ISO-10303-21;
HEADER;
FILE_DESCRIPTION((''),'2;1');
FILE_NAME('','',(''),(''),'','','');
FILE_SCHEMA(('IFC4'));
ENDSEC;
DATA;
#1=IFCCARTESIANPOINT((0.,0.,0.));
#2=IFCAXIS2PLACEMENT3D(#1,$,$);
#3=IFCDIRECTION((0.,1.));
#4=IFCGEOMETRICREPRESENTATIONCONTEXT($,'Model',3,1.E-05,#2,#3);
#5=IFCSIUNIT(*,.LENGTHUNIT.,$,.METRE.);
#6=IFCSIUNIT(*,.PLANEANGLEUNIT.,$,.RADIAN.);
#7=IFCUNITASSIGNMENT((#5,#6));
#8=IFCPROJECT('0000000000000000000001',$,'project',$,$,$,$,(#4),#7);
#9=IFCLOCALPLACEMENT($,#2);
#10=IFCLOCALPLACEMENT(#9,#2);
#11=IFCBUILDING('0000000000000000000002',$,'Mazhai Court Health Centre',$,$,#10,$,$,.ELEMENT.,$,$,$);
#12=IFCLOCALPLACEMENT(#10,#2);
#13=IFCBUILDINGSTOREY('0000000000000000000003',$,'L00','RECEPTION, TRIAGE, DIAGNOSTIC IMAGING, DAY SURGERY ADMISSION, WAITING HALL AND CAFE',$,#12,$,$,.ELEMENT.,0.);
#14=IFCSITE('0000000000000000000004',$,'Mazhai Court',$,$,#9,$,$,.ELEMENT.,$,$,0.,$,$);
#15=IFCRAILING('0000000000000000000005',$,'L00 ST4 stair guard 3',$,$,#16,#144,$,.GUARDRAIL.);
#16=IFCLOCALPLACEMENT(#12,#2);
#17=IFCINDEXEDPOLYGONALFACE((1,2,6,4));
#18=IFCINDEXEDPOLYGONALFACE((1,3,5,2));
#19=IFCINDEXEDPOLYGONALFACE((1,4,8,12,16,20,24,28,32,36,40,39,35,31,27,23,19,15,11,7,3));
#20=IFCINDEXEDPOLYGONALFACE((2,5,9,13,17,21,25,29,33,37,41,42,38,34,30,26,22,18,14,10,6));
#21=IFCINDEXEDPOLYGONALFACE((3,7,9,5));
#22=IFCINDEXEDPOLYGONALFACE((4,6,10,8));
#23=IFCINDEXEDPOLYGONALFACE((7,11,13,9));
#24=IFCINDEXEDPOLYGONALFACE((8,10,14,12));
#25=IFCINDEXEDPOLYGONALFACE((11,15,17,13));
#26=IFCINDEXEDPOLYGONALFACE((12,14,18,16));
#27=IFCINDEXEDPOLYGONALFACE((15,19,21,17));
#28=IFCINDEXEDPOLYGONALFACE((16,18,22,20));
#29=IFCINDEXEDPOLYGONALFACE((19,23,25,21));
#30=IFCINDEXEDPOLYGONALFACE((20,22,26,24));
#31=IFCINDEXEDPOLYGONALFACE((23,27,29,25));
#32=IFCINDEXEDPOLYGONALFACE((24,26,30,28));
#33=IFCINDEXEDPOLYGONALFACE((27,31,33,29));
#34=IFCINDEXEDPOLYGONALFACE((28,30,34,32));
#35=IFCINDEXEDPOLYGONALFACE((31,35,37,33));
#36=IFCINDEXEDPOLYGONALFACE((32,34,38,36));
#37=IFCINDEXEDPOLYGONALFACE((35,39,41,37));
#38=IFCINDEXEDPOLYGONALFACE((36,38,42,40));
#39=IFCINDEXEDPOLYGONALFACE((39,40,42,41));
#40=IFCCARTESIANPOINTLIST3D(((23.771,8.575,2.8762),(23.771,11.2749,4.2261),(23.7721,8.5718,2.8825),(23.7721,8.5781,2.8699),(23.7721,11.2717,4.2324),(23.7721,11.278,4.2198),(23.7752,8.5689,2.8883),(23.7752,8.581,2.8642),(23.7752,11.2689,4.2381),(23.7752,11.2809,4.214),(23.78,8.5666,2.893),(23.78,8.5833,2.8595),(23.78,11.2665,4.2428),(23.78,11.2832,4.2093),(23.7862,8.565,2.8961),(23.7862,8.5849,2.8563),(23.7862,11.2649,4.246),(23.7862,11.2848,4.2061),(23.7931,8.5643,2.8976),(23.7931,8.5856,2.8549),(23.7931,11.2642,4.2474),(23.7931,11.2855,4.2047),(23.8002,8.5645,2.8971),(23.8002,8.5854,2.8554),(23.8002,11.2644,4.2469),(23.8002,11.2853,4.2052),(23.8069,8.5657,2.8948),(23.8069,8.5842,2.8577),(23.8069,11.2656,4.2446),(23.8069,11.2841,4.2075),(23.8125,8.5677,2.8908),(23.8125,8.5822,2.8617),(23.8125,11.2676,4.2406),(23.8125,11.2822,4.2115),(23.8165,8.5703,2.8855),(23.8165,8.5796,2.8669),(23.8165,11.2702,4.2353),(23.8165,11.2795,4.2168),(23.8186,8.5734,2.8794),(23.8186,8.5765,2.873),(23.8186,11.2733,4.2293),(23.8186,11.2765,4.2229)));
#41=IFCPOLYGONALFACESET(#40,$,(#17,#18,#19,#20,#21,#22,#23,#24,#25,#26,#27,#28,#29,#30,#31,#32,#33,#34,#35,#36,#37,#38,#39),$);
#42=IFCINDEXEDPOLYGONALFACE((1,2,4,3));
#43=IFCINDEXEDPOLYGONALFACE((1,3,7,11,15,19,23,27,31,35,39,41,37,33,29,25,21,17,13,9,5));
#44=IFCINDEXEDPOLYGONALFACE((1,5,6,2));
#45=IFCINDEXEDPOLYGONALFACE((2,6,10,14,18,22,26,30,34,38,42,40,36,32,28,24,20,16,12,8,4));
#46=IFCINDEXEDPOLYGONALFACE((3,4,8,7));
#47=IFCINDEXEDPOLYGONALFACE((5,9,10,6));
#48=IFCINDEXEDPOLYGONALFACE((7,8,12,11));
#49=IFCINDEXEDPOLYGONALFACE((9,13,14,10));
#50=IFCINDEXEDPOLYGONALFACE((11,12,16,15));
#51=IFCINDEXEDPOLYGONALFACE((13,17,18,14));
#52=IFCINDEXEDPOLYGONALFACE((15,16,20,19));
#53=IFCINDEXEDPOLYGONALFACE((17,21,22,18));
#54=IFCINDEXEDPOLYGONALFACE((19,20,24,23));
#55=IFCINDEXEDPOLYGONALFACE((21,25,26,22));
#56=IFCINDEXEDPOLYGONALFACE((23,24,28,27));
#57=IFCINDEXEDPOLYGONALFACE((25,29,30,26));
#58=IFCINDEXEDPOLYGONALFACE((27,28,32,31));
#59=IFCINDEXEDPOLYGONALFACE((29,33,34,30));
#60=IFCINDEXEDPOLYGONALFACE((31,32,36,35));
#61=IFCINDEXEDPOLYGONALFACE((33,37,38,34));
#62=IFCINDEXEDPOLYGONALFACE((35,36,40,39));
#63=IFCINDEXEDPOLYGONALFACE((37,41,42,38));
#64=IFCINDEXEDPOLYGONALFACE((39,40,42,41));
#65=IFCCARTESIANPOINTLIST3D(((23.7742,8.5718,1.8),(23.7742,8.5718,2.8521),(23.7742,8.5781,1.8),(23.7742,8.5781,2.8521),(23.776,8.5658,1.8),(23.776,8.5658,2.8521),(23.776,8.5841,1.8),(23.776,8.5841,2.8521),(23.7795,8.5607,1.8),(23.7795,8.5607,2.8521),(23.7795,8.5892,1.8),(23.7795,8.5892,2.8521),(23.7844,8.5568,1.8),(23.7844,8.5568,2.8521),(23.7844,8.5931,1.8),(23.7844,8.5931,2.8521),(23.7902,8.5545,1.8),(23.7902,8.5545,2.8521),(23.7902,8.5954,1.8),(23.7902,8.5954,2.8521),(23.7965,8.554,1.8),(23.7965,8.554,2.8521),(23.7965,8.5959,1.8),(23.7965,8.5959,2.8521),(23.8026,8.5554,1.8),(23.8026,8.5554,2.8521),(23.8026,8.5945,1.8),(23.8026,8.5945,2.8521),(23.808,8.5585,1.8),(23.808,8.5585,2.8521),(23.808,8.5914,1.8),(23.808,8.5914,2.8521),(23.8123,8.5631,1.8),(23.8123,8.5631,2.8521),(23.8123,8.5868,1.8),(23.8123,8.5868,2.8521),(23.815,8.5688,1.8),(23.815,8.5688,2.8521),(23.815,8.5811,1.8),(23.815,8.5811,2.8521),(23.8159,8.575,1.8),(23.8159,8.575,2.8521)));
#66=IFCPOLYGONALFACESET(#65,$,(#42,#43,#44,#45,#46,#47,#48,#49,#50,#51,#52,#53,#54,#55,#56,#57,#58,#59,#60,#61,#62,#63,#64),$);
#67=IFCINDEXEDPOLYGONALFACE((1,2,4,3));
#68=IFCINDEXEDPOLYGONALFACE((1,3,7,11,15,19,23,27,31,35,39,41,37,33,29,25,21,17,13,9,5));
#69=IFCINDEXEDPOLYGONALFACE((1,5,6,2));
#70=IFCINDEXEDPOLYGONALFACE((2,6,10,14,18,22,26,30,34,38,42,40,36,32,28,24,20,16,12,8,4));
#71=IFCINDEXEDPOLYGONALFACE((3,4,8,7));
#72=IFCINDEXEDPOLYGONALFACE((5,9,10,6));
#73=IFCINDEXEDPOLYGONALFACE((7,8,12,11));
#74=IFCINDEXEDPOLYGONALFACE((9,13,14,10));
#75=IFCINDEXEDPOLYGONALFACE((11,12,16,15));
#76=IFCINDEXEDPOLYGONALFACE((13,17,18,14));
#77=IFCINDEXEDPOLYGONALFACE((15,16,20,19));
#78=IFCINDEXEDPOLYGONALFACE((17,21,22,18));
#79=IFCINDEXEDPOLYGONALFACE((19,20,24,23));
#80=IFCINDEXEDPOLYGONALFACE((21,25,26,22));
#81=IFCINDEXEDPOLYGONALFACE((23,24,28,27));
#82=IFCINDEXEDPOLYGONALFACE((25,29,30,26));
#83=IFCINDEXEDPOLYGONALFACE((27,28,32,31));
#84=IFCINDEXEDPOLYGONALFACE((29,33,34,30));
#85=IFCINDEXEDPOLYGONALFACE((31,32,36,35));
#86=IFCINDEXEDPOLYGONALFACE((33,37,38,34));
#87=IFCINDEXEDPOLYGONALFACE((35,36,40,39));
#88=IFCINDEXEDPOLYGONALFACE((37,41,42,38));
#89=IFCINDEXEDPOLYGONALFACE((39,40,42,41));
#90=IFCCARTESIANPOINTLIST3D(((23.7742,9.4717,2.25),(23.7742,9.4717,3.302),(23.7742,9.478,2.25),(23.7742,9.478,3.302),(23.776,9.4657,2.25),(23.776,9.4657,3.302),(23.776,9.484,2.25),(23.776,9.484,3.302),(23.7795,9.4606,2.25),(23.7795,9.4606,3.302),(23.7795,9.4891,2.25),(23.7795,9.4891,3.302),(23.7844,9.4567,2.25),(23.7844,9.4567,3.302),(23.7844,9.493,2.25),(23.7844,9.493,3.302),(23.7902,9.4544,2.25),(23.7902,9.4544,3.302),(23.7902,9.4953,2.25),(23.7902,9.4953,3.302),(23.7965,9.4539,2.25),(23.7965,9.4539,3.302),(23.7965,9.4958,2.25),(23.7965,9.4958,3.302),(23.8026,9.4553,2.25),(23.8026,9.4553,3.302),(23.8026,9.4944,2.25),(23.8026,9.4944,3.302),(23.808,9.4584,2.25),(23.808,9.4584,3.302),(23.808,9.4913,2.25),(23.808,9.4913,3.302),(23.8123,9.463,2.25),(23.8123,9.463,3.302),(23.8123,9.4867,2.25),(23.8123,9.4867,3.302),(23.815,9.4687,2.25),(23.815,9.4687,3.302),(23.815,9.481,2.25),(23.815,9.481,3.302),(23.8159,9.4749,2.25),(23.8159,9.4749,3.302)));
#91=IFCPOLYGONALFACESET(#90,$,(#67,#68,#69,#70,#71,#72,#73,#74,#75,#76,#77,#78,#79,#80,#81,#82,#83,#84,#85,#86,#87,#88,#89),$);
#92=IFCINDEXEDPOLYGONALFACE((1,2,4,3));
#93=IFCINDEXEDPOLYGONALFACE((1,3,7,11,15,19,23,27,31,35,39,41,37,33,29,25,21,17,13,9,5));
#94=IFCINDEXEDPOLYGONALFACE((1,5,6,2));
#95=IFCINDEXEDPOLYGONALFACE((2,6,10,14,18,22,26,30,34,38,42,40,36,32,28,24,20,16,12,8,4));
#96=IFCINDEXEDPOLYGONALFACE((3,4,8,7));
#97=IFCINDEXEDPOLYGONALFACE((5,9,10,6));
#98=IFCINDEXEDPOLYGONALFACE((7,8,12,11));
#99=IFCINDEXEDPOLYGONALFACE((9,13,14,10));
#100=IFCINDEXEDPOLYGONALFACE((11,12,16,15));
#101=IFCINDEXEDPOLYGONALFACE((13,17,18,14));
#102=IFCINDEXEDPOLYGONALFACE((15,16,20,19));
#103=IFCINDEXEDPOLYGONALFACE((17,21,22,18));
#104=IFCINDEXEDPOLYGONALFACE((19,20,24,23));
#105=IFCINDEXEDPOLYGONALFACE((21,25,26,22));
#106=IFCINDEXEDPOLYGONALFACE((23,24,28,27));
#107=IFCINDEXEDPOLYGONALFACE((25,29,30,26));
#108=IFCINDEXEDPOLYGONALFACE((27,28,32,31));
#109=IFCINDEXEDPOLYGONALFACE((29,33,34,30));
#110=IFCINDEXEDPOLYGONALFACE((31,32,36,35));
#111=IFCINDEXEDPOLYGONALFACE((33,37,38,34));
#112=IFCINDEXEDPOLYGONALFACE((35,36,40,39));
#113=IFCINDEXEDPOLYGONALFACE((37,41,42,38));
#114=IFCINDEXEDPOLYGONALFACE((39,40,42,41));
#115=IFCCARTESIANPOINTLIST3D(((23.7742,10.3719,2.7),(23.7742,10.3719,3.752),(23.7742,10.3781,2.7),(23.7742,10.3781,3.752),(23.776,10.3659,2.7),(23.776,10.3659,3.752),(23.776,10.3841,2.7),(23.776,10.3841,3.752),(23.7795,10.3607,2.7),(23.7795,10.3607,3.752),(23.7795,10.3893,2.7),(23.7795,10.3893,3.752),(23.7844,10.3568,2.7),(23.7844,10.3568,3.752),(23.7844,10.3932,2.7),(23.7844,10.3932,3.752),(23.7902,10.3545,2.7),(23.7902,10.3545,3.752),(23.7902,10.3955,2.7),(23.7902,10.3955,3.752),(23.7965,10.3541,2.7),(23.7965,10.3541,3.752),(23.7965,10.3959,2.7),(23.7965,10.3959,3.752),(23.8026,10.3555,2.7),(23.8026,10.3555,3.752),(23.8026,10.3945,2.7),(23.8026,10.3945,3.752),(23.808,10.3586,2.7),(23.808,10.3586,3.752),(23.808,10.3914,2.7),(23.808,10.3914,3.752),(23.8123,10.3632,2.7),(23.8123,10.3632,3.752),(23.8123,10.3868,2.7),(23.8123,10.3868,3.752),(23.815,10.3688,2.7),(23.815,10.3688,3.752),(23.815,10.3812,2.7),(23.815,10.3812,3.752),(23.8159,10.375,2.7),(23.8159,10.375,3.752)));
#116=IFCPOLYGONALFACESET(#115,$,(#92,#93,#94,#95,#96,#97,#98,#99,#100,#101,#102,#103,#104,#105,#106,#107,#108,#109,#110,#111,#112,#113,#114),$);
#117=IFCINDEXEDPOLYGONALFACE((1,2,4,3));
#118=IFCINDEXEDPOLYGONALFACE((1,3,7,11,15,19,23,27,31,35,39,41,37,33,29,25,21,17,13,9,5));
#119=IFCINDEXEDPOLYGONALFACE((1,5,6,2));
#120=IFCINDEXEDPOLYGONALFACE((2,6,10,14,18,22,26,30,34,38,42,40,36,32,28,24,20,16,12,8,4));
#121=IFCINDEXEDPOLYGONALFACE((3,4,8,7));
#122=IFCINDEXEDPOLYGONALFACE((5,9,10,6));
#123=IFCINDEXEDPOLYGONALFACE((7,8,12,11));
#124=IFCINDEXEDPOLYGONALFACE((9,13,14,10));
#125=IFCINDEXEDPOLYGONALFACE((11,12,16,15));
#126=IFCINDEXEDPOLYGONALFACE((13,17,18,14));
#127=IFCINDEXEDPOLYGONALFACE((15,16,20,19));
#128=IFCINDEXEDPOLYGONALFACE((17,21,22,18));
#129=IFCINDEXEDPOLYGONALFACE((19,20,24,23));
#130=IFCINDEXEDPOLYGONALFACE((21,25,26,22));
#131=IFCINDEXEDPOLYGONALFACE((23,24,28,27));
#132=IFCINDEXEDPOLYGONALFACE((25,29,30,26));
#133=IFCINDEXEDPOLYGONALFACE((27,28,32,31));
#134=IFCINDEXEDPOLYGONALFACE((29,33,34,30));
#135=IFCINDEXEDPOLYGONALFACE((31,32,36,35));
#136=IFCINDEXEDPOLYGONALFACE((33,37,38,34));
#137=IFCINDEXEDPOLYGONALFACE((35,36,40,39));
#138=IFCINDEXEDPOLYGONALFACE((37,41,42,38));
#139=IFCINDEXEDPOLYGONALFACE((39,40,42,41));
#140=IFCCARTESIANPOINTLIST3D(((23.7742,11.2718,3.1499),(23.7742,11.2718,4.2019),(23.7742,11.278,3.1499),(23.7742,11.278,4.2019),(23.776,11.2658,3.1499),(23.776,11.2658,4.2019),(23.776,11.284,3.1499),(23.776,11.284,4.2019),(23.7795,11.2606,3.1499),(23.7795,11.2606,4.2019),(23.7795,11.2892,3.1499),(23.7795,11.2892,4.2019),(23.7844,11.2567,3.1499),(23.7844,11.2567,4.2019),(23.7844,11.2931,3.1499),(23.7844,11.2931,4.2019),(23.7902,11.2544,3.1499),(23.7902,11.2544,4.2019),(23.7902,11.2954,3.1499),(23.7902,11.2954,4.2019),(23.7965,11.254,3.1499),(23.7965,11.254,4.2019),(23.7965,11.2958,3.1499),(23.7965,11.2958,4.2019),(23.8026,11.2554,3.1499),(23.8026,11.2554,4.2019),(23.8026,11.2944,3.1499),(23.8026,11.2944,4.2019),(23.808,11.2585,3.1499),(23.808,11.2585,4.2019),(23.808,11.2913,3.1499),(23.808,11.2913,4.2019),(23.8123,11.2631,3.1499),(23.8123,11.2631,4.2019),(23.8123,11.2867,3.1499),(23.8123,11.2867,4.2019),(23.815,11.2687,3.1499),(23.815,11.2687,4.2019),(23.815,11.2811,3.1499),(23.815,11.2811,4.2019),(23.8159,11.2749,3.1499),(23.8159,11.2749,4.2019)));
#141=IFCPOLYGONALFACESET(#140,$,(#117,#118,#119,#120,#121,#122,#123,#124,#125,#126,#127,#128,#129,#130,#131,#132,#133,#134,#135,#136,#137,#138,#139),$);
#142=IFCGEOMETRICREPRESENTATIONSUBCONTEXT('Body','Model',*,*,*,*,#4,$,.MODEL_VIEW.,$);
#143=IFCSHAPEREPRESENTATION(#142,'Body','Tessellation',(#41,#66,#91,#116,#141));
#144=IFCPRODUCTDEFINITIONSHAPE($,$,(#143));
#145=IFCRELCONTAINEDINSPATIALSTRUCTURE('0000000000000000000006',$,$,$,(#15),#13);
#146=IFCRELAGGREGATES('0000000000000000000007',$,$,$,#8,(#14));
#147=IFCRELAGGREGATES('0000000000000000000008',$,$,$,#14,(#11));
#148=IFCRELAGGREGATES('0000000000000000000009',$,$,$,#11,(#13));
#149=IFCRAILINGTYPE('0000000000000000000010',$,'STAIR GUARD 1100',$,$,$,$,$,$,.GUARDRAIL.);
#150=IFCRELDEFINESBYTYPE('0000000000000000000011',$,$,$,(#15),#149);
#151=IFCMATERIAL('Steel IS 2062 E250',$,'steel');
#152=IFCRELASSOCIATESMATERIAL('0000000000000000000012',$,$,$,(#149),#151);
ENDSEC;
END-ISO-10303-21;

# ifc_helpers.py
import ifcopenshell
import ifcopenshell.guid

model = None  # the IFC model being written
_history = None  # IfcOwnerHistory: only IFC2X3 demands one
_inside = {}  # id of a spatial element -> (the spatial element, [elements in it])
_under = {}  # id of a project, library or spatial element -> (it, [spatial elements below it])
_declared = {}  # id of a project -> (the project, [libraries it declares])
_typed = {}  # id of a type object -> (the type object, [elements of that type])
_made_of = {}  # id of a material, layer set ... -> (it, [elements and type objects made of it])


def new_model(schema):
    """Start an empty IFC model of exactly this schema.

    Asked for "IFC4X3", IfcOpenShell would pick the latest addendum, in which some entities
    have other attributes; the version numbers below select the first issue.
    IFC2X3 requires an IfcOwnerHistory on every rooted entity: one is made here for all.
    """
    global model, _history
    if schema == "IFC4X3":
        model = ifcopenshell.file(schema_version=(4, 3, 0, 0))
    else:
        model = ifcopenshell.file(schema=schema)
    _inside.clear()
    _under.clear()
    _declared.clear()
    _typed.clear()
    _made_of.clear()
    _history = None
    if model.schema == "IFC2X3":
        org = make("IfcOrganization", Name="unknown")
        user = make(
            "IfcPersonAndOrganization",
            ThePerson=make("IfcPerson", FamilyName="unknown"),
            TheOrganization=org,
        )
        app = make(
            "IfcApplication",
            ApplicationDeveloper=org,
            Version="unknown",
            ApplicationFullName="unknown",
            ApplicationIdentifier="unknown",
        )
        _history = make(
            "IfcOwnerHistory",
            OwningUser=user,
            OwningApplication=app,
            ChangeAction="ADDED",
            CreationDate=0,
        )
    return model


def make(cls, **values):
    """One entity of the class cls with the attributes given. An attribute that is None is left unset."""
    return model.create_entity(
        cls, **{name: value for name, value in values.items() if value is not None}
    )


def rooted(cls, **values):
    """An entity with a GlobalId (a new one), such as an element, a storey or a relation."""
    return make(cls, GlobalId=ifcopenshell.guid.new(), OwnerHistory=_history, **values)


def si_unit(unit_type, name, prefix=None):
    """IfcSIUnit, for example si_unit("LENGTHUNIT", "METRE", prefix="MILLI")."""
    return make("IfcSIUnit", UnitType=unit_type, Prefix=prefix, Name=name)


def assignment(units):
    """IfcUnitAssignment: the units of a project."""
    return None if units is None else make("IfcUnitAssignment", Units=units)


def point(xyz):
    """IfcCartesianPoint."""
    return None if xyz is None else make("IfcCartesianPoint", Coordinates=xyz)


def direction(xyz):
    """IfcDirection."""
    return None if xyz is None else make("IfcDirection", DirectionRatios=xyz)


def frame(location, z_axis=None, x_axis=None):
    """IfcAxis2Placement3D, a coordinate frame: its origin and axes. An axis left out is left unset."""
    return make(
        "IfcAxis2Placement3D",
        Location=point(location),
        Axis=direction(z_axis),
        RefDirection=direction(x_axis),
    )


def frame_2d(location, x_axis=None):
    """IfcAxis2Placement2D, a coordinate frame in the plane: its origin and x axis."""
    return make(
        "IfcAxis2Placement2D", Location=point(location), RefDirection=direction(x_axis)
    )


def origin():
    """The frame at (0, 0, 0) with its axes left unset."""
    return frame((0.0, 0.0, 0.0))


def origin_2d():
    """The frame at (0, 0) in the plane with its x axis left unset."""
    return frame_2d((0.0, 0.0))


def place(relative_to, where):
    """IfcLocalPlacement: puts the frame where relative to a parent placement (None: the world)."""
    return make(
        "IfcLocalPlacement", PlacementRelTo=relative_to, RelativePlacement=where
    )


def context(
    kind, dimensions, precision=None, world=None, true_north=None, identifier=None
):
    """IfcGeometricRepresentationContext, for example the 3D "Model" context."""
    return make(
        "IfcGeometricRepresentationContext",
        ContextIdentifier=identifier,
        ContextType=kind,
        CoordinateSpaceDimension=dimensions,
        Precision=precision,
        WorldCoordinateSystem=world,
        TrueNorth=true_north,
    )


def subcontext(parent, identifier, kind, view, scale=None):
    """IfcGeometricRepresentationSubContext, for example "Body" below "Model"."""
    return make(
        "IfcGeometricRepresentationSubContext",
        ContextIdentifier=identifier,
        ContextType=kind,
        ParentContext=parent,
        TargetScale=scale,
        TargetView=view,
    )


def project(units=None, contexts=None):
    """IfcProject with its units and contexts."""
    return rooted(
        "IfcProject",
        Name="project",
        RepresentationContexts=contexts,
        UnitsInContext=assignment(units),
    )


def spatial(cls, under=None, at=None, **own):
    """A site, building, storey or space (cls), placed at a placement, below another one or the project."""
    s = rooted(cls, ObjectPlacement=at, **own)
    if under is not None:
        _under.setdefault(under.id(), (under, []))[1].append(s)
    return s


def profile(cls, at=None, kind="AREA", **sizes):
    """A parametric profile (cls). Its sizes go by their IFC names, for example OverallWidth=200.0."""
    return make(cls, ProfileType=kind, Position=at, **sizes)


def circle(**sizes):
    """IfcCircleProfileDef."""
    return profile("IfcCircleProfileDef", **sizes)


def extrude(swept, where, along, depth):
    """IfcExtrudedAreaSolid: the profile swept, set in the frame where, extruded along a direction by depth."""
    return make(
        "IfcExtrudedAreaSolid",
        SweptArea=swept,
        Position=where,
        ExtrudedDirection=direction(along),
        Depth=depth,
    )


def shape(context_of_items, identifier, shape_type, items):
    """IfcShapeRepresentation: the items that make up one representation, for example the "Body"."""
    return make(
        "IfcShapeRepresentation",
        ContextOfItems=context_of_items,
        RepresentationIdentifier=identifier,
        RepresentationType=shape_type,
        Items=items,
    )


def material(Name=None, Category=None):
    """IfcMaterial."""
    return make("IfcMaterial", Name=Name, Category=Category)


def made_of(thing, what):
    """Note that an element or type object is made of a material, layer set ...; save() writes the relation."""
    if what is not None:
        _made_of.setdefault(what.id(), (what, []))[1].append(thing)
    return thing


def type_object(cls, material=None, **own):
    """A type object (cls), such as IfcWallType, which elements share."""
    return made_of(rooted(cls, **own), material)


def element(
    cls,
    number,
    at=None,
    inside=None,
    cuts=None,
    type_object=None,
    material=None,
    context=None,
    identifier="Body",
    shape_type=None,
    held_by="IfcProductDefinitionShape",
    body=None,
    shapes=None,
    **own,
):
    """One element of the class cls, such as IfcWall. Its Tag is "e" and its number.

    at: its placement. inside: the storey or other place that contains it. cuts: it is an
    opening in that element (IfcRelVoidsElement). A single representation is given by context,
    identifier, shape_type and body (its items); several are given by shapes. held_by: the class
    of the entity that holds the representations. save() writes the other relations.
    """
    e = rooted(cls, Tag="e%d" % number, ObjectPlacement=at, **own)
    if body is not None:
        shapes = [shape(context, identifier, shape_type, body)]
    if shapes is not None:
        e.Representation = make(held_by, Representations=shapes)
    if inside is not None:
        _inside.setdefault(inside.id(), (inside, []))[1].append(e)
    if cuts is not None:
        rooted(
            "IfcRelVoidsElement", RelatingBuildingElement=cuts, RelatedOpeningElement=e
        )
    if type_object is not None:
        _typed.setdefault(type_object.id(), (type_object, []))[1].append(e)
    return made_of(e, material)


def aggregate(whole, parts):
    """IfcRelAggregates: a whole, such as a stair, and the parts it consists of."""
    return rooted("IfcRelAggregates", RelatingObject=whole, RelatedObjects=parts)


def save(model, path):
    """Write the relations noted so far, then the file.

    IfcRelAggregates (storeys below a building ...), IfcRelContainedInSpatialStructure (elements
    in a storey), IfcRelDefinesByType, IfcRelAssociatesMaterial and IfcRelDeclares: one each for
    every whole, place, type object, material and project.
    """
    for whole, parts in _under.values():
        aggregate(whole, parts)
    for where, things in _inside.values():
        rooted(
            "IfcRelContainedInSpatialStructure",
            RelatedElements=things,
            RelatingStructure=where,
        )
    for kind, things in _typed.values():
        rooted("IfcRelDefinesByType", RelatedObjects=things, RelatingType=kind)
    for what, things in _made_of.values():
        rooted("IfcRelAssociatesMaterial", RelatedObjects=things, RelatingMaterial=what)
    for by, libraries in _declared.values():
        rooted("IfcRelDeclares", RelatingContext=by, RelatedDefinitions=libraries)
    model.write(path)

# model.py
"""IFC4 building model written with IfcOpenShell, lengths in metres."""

from ifc_helpers import new_model, si_unit, direction, frame, origin, origin_2d, place, context, subcontext, project, spatial, circle, extrude, material, type_object, element, save


model = new_model("IFC4")

# Units and contexts
model_context = context("Model", 3, precision=1e-05, world=origin(), true_north=direction((0.0, 1.0)))
body_context = subcontext(model_context, "Body", "Model", "MODEL_VIEW")
ifc_project = project(units=[si_unit("LENGTHUNIT", "METRE"), si_unit("PLANEANGLEUNIT", "RADIAN")], contexts=[model_context])

# Site, building, storey
site_placement = place(None, origin())
site = spatial("IfcSite", under=ifc_project, at=site_placement, Name="Mazhai Court", CompositionType="ELEMENT", RefElevation=0.0)
building_placement = place(site_placement, origin())
building = spatial("IfcBuilding", under=site, at=building_placement, Name="Mazhai Court Health Centre", CompositionType="ELEMENT")
storey_placement = place(building_placement, origin())
storey = spatial("IfcBuildingStorey", under=building, at=storey_placement, Name="L00", Description="RECEPTION, TRIAGE, DIAGNOSTIC IMAGING, DAY SURGERY ADMISSION, WAITING HALL AND CAFE", CompositionType="ELEMENT", Elevation=0.0)

# Railing
ifc_material_1 = material(Name="Steel IS 2062 E250", Category="steel")
railing_type = type_object("IfcRailingType", Name="STAIR GUARD 1100", PredefinedType="GUARDRAIL", material=ifc_material_1)
railing_1_placement = place(storey_placement, frame((23.7949, 8.575, 1.8)))
element("IfcRailing", 1, at=railing_1_placement, inside=storey, type_object=railing_type, Name="L00 ST4 stair guard 3", PredefinedType="GUARDRAIL", context=body_context, shape_type="SweptSolid", body=[
    extrude(circle(Radius=0.0239, at=origin_2d()), frame((0.0, 0.0, 1.0762), z_axis=(0.0, 0.894443, 0.447181), x_axis=(-1.0, 0.0, 0.0)), (0.0, 0.0, 1.0), 3.0186),
    extrude(circle(Radius=0.021, at=origin_2d()), origin(), (0.0, 0.0, 1.0), 1.052),
    extrude(circle(Radius=0.021, at=origin_2d()), frame((0.0, 0.8999, 0.45)), (0.0, 0.0, 1.0), 1.052),
    extrude(circle(Radius=0.021, at=origin_2d()), frame((0.0, 1.8, 0.8999)), (0.0, 0.0, 1.0), 1.052),
    extrude(circle(Radius=0.021, at=origin_2d()), frame((0.0, 2.7, 1.3499)), (0.0, 0.0, 1.0), 1.052),
])

save(model, "model.ifc")
